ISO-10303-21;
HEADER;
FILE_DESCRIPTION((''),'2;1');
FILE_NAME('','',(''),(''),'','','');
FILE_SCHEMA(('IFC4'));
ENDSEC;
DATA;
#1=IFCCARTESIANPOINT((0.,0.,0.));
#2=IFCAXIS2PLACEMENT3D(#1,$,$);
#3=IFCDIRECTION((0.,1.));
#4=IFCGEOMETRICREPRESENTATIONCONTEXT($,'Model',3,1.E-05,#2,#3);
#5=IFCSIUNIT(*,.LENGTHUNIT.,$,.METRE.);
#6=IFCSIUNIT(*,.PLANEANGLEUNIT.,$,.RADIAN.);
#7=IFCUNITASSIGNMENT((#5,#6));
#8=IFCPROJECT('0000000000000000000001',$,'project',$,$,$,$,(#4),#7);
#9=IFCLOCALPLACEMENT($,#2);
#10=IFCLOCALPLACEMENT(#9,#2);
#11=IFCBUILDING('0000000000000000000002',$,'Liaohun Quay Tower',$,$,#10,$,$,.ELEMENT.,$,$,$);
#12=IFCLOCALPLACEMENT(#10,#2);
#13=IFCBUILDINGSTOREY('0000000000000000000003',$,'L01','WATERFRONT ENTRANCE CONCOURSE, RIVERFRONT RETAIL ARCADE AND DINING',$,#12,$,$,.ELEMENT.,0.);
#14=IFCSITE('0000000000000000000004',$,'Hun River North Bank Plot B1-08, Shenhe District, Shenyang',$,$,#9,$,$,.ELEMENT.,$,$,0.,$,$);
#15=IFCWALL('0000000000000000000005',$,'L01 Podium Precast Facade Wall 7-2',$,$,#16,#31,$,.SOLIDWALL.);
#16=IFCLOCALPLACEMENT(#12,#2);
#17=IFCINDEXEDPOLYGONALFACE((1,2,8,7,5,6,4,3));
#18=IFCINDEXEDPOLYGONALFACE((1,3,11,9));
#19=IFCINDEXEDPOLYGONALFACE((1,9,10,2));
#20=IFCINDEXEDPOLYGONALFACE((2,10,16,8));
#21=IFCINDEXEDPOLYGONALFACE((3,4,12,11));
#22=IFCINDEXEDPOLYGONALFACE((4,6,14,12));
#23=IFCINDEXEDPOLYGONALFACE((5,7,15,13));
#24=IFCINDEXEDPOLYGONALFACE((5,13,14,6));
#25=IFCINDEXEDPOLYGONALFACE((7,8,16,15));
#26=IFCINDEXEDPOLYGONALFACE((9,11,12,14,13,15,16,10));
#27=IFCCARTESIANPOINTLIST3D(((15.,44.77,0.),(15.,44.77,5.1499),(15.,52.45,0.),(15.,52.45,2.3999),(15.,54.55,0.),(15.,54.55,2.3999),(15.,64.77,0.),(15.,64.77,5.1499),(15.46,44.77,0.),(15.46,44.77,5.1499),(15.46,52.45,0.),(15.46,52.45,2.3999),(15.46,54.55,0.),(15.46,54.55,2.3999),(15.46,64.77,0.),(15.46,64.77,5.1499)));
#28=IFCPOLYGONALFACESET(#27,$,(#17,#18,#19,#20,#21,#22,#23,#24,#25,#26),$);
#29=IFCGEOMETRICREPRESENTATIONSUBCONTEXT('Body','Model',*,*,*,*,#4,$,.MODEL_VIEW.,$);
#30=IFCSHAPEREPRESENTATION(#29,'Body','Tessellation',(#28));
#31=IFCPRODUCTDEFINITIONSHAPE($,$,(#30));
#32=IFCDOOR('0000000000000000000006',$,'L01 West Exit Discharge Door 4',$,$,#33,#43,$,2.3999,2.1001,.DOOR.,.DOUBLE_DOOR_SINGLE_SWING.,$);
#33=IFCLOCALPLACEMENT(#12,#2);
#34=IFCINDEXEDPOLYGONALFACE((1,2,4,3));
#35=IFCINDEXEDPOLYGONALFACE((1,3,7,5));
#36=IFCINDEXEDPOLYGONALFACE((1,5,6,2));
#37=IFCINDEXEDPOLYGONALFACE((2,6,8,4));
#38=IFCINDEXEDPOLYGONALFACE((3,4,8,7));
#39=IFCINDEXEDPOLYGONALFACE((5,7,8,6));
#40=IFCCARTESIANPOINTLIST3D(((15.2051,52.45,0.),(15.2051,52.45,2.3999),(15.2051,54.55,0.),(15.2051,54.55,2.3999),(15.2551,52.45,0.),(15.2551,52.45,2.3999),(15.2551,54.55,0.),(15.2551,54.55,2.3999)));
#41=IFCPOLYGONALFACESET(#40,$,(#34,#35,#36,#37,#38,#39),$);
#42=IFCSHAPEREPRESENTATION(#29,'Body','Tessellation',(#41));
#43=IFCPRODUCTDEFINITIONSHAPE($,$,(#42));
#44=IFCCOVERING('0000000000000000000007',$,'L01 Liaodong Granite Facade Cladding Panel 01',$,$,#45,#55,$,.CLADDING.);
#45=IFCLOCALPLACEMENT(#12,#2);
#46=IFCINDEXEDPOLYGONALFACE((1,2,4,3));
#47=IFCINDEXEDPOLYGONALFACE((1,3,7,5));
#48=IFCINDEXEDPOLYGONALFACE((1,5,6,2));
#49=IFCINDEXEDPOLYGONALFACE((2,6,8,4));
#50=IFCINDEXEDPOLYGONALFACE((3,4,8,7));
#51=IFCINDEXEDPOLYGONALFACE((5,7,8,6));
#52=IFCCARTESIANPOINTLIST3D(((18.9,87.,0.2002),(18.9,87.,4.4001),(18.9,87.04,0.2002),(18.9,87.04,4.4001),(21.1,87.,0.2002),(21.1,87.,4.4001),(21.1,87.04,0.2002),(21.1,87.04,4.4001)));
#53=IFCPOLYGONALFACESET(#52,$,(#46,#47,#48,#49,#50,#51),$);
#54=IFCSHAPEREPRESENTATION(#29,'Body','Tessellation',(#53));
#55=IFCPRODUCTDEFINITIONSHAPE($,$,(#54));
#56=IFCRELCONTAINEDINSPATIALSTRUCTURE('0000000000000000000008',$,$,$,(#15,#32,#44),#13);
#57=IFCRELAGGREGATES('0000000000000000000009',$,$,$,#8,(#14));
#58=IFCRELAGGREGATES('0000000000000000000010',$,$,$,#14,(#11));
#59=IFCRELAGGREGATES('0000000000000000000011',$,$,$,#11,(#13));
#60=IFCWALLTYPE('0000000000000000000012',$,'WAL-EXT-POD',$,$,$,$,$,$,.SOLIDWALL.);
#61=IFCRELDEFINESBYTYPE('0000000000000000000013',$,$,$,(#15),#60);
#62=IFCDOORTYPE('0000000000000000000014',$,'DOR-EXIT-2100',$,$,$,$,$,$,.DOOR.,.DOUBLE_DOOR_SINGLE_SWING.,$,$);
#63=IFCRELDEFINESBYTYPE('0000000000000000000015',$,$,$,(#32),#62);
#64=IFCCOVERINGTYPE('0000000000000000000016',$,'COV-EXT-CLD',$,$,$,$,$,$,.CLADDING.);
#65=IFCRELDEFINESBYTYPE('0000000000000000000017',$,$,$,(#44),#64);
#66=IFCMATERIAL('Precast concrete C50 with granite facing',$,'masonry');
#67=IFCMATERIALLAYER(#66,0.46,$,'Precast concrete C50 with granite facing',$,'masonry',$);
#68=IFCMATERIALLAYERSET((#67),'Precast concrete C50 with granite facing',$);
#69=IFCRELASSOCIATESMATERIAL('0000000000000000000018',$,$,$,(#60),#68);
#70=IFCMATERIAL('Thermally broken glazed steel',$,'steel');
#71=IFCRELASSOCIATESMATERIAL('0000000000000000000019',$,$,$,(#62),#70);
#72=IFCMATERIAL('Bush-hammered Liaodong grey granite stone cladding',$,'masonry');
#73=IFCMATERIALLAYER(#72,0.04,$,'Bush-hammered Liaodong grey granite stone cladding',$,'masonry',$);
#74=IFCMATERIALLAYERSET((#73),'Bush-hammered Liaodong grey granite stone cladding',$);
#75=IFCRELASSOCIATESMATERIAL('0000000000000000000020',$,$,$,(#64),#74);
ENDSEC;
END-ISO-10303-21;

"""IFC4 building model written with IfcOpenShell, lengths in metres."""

from ifc_helpers import new_model, si_unit, direction, frame, frame_2d, origin, origin_2d, place, context, subcontext, project, spatial, rectangle, extrude, source, transform, mapped, material, layer, layer_set, type_object, element, fill, save


model = new_model("IFC4")

# Units and contexts
model_context = context("Model", 3, precision=1e-05, world=origin(), true_north=direction((0.0, 1.0)))
body_context = subcontext(model_context, "Body", "Model", "MODEL_VIEW")
ifc_project = project(units=[si_unit("LENGTHUNIT", "METRE"), si_unit("PLANEANGLEUNIT", "RADIAN")], contexts=[model_context])

# Site, building, storey
site_placement = place(None, origin())
site = spatial("IfcSite", under=ifc_project, at=site_placement, Name="Hun River North Bank Plot B1-08, Shenhe District, Shenyang", CompositionType="ELEMENT", RefElevation=0.0)
building_placement = place(site_placement, origin())
building = spatial("IfcBuilding", under=site, at=building_placement, Name="Liaohun Quay Tower", CompositionType="ELEMENT")
storey_placement = place(building_placement, origin())
storey = spatial("IfcBuildingStorey", under=building, at=storey_placement, Name="L01", Description="WATERFRONT ENTRANCE CONCOURSE, RIVERFRONT RETAIL ARCADE AND DINING", CompositionType="ELEMENT", Elevation=0.0)

# Wall, opening, door
ifc_material_1 = material(Name="Precast concrete C50 with granite facing", Category="masonry")
ifc_layer_1 = layer(ifc_material_1, 0.46, Name="Precast concrete C50 with granite facing", Category="masonry")
ifc_layer_set_1 = layer_set([ifc_layer_1], Name="Precast concrete C50 with granite facing")
wall_type = type_object("IfcWallType", Name="WAL-EXT-POD", PredefinedType="SOLIDWALL", material=ifc_layer_set_1)
shared_shape_1 = source(origin(), body_context, "Body", "SweptSolid", [
    extrude(rectangle(XDim=2.1001, YDim=2.3999, at=frame_2d((1.05, 1.2))), frame((0.0, 0.24, 0.0), z_axis=(0.0, -1.0, 0.0), x_axis=(1.0, 0.0, 0.0)), (0.0, 0.0, 1.0), 0.48),
])
ifc_material_2 = material(Name="Thermally broken glazed steel", Category="steel")
door_type = type_object("IfcDoorType", Name="DOR-EXIT-2100", OperationType="DOUBLE_DOOR_SINGLE_SWING", PredefinedType="DOOR", material=ifc_material_2)
shared_shape_2 = source(origin(), body_context, "Body", "SweptSolid", [
    extrude(rectangle(XDim=2.1001, YDim=2.3999, at=frame_2d((1.05, 1.2))), frame((0.0, 0.0249, 0.0), z_axis=(0.0, -1.0, 0.0), x_axis=(1.0, 0.0, 0.0)), (0.0, 0.0, 1.0), 0.05),
])
wall_1_placement = place(storey_placement, frame((15.23, 64.77, 0.0), z_axis=(0.0, 0.0, 1.0), x_axis=(0.0, -1.0, 0.0)))
wall_1 = element("IfcWall", 1, at=wall_1_placement, inside=storey, type_object=wall_type, Name="L01 Podium Precast Facade Wall 7-2", PredefinedType="SOLIDWALL", context=body_context, shape_type="SweptSolid", body=[
    extrude(rectangle(XDim=20.0, YDim=0.46, at=frame_2d((10.0, 0.0))), origin(), (0.0, 0.0, 1.0), 5.1499),
])
opening_1_placement = place(wall_1_placement, frame((10.22, 0.0, 0.0)))
opening_1 = element("IfcOpeningElement", 2, at=opening_1_placement, cuts=wall_1, PredefinedType="OPENING", context=body_context, shape_type="MappedRepresentation", body=[
    mapped(shared_shape_1, transform((0.0, 0.0, 0.0), x_axis=(1.0, 0.0, 0.0), y_axis=(0.0, 1.0, 0.0), z_axis=(0.0, 0.0, 1.0), scale=1.0)),
])
door_1_placement = place(opening_1_placement, frame((2.1001, 0.0, 0.0), z_axis=(0.0, 0.0, 1.0), x_axis=(-1.0, 0.0, 0.0)))
door_1 = element("IfcDoor", 3, at=door_1_placement, inside=storey, type_object=door_type, Name="L01 West Exit Discharge Door 4", OperationType="DOUBLE_DOOR_SINGLE_SWING", OverallHeight=2.3999, OverallWidth=2.1001, PredefinedType="DOOR", context=body_context, shape_type="MappedRepresentation", body=[
    mapped(shared_shape_2, transform((0.0, 0.0, 0.0), x_axis=(1.0, 0.0, 0.0), y_axis=(0.0, 1.0, 0.0), z_axis=(0.0, 0.0, 1.0), scale=1.0)),
])
fill(opening_1, door_1)

# Covering
ifc_material_3 = material(Name="Bush-hammered Liaodong grey granite stone cladding", Category="masonry")
ifc_layer_2 = layer(ifc_material_3, 0.04, Name="Bush-hammered Liaodong grey granite stone cladding", Category="masonry")
ifc_layer_set_2 = layer_set([ifc_layer_2], Name="Bush-hammered Liaodong grey granite stone cladding")
covering_type = type_object("IfcCoveringType", Name="COV-EXT-CLD", PredefinedType="CLADDING", material=ifc_layer_set_2)
shared_shape_3 = source(origin(), body_context, "Body", "SweptSolid", [
    extrude(rectangle(XDim=2.2, YDim=0.04, at=origin_2d()), origin(), (0.0, 0.0, 1.0), 4.2),
])
covering_placement = place(storey_placement, frame((20.0, 87.02, 0.2002), z_axis=(0.0, 0.0, 1.0), x_axis=(1.0, 0.0, 0.0)))
element("IfcCovering", 4, at=covering_placement, inside=storey, type_object=covering_type, Name="L01 Liaodong Granite Facade Cladding Panel 01", PredefinedType="CLADDING", context=body_context, shape_type="MappedRepresentation", body=[
    mapped(shared_shape_3, transform((0.0, 0.0, 0.0), x_axis=(1.0, 0.0, 0.0), y_axis=(0.0, 1.0, 0.0), z_axis=(0.0, 0.0, 1.0), scale=1.0)),
])

save(model, "model.ifc")
